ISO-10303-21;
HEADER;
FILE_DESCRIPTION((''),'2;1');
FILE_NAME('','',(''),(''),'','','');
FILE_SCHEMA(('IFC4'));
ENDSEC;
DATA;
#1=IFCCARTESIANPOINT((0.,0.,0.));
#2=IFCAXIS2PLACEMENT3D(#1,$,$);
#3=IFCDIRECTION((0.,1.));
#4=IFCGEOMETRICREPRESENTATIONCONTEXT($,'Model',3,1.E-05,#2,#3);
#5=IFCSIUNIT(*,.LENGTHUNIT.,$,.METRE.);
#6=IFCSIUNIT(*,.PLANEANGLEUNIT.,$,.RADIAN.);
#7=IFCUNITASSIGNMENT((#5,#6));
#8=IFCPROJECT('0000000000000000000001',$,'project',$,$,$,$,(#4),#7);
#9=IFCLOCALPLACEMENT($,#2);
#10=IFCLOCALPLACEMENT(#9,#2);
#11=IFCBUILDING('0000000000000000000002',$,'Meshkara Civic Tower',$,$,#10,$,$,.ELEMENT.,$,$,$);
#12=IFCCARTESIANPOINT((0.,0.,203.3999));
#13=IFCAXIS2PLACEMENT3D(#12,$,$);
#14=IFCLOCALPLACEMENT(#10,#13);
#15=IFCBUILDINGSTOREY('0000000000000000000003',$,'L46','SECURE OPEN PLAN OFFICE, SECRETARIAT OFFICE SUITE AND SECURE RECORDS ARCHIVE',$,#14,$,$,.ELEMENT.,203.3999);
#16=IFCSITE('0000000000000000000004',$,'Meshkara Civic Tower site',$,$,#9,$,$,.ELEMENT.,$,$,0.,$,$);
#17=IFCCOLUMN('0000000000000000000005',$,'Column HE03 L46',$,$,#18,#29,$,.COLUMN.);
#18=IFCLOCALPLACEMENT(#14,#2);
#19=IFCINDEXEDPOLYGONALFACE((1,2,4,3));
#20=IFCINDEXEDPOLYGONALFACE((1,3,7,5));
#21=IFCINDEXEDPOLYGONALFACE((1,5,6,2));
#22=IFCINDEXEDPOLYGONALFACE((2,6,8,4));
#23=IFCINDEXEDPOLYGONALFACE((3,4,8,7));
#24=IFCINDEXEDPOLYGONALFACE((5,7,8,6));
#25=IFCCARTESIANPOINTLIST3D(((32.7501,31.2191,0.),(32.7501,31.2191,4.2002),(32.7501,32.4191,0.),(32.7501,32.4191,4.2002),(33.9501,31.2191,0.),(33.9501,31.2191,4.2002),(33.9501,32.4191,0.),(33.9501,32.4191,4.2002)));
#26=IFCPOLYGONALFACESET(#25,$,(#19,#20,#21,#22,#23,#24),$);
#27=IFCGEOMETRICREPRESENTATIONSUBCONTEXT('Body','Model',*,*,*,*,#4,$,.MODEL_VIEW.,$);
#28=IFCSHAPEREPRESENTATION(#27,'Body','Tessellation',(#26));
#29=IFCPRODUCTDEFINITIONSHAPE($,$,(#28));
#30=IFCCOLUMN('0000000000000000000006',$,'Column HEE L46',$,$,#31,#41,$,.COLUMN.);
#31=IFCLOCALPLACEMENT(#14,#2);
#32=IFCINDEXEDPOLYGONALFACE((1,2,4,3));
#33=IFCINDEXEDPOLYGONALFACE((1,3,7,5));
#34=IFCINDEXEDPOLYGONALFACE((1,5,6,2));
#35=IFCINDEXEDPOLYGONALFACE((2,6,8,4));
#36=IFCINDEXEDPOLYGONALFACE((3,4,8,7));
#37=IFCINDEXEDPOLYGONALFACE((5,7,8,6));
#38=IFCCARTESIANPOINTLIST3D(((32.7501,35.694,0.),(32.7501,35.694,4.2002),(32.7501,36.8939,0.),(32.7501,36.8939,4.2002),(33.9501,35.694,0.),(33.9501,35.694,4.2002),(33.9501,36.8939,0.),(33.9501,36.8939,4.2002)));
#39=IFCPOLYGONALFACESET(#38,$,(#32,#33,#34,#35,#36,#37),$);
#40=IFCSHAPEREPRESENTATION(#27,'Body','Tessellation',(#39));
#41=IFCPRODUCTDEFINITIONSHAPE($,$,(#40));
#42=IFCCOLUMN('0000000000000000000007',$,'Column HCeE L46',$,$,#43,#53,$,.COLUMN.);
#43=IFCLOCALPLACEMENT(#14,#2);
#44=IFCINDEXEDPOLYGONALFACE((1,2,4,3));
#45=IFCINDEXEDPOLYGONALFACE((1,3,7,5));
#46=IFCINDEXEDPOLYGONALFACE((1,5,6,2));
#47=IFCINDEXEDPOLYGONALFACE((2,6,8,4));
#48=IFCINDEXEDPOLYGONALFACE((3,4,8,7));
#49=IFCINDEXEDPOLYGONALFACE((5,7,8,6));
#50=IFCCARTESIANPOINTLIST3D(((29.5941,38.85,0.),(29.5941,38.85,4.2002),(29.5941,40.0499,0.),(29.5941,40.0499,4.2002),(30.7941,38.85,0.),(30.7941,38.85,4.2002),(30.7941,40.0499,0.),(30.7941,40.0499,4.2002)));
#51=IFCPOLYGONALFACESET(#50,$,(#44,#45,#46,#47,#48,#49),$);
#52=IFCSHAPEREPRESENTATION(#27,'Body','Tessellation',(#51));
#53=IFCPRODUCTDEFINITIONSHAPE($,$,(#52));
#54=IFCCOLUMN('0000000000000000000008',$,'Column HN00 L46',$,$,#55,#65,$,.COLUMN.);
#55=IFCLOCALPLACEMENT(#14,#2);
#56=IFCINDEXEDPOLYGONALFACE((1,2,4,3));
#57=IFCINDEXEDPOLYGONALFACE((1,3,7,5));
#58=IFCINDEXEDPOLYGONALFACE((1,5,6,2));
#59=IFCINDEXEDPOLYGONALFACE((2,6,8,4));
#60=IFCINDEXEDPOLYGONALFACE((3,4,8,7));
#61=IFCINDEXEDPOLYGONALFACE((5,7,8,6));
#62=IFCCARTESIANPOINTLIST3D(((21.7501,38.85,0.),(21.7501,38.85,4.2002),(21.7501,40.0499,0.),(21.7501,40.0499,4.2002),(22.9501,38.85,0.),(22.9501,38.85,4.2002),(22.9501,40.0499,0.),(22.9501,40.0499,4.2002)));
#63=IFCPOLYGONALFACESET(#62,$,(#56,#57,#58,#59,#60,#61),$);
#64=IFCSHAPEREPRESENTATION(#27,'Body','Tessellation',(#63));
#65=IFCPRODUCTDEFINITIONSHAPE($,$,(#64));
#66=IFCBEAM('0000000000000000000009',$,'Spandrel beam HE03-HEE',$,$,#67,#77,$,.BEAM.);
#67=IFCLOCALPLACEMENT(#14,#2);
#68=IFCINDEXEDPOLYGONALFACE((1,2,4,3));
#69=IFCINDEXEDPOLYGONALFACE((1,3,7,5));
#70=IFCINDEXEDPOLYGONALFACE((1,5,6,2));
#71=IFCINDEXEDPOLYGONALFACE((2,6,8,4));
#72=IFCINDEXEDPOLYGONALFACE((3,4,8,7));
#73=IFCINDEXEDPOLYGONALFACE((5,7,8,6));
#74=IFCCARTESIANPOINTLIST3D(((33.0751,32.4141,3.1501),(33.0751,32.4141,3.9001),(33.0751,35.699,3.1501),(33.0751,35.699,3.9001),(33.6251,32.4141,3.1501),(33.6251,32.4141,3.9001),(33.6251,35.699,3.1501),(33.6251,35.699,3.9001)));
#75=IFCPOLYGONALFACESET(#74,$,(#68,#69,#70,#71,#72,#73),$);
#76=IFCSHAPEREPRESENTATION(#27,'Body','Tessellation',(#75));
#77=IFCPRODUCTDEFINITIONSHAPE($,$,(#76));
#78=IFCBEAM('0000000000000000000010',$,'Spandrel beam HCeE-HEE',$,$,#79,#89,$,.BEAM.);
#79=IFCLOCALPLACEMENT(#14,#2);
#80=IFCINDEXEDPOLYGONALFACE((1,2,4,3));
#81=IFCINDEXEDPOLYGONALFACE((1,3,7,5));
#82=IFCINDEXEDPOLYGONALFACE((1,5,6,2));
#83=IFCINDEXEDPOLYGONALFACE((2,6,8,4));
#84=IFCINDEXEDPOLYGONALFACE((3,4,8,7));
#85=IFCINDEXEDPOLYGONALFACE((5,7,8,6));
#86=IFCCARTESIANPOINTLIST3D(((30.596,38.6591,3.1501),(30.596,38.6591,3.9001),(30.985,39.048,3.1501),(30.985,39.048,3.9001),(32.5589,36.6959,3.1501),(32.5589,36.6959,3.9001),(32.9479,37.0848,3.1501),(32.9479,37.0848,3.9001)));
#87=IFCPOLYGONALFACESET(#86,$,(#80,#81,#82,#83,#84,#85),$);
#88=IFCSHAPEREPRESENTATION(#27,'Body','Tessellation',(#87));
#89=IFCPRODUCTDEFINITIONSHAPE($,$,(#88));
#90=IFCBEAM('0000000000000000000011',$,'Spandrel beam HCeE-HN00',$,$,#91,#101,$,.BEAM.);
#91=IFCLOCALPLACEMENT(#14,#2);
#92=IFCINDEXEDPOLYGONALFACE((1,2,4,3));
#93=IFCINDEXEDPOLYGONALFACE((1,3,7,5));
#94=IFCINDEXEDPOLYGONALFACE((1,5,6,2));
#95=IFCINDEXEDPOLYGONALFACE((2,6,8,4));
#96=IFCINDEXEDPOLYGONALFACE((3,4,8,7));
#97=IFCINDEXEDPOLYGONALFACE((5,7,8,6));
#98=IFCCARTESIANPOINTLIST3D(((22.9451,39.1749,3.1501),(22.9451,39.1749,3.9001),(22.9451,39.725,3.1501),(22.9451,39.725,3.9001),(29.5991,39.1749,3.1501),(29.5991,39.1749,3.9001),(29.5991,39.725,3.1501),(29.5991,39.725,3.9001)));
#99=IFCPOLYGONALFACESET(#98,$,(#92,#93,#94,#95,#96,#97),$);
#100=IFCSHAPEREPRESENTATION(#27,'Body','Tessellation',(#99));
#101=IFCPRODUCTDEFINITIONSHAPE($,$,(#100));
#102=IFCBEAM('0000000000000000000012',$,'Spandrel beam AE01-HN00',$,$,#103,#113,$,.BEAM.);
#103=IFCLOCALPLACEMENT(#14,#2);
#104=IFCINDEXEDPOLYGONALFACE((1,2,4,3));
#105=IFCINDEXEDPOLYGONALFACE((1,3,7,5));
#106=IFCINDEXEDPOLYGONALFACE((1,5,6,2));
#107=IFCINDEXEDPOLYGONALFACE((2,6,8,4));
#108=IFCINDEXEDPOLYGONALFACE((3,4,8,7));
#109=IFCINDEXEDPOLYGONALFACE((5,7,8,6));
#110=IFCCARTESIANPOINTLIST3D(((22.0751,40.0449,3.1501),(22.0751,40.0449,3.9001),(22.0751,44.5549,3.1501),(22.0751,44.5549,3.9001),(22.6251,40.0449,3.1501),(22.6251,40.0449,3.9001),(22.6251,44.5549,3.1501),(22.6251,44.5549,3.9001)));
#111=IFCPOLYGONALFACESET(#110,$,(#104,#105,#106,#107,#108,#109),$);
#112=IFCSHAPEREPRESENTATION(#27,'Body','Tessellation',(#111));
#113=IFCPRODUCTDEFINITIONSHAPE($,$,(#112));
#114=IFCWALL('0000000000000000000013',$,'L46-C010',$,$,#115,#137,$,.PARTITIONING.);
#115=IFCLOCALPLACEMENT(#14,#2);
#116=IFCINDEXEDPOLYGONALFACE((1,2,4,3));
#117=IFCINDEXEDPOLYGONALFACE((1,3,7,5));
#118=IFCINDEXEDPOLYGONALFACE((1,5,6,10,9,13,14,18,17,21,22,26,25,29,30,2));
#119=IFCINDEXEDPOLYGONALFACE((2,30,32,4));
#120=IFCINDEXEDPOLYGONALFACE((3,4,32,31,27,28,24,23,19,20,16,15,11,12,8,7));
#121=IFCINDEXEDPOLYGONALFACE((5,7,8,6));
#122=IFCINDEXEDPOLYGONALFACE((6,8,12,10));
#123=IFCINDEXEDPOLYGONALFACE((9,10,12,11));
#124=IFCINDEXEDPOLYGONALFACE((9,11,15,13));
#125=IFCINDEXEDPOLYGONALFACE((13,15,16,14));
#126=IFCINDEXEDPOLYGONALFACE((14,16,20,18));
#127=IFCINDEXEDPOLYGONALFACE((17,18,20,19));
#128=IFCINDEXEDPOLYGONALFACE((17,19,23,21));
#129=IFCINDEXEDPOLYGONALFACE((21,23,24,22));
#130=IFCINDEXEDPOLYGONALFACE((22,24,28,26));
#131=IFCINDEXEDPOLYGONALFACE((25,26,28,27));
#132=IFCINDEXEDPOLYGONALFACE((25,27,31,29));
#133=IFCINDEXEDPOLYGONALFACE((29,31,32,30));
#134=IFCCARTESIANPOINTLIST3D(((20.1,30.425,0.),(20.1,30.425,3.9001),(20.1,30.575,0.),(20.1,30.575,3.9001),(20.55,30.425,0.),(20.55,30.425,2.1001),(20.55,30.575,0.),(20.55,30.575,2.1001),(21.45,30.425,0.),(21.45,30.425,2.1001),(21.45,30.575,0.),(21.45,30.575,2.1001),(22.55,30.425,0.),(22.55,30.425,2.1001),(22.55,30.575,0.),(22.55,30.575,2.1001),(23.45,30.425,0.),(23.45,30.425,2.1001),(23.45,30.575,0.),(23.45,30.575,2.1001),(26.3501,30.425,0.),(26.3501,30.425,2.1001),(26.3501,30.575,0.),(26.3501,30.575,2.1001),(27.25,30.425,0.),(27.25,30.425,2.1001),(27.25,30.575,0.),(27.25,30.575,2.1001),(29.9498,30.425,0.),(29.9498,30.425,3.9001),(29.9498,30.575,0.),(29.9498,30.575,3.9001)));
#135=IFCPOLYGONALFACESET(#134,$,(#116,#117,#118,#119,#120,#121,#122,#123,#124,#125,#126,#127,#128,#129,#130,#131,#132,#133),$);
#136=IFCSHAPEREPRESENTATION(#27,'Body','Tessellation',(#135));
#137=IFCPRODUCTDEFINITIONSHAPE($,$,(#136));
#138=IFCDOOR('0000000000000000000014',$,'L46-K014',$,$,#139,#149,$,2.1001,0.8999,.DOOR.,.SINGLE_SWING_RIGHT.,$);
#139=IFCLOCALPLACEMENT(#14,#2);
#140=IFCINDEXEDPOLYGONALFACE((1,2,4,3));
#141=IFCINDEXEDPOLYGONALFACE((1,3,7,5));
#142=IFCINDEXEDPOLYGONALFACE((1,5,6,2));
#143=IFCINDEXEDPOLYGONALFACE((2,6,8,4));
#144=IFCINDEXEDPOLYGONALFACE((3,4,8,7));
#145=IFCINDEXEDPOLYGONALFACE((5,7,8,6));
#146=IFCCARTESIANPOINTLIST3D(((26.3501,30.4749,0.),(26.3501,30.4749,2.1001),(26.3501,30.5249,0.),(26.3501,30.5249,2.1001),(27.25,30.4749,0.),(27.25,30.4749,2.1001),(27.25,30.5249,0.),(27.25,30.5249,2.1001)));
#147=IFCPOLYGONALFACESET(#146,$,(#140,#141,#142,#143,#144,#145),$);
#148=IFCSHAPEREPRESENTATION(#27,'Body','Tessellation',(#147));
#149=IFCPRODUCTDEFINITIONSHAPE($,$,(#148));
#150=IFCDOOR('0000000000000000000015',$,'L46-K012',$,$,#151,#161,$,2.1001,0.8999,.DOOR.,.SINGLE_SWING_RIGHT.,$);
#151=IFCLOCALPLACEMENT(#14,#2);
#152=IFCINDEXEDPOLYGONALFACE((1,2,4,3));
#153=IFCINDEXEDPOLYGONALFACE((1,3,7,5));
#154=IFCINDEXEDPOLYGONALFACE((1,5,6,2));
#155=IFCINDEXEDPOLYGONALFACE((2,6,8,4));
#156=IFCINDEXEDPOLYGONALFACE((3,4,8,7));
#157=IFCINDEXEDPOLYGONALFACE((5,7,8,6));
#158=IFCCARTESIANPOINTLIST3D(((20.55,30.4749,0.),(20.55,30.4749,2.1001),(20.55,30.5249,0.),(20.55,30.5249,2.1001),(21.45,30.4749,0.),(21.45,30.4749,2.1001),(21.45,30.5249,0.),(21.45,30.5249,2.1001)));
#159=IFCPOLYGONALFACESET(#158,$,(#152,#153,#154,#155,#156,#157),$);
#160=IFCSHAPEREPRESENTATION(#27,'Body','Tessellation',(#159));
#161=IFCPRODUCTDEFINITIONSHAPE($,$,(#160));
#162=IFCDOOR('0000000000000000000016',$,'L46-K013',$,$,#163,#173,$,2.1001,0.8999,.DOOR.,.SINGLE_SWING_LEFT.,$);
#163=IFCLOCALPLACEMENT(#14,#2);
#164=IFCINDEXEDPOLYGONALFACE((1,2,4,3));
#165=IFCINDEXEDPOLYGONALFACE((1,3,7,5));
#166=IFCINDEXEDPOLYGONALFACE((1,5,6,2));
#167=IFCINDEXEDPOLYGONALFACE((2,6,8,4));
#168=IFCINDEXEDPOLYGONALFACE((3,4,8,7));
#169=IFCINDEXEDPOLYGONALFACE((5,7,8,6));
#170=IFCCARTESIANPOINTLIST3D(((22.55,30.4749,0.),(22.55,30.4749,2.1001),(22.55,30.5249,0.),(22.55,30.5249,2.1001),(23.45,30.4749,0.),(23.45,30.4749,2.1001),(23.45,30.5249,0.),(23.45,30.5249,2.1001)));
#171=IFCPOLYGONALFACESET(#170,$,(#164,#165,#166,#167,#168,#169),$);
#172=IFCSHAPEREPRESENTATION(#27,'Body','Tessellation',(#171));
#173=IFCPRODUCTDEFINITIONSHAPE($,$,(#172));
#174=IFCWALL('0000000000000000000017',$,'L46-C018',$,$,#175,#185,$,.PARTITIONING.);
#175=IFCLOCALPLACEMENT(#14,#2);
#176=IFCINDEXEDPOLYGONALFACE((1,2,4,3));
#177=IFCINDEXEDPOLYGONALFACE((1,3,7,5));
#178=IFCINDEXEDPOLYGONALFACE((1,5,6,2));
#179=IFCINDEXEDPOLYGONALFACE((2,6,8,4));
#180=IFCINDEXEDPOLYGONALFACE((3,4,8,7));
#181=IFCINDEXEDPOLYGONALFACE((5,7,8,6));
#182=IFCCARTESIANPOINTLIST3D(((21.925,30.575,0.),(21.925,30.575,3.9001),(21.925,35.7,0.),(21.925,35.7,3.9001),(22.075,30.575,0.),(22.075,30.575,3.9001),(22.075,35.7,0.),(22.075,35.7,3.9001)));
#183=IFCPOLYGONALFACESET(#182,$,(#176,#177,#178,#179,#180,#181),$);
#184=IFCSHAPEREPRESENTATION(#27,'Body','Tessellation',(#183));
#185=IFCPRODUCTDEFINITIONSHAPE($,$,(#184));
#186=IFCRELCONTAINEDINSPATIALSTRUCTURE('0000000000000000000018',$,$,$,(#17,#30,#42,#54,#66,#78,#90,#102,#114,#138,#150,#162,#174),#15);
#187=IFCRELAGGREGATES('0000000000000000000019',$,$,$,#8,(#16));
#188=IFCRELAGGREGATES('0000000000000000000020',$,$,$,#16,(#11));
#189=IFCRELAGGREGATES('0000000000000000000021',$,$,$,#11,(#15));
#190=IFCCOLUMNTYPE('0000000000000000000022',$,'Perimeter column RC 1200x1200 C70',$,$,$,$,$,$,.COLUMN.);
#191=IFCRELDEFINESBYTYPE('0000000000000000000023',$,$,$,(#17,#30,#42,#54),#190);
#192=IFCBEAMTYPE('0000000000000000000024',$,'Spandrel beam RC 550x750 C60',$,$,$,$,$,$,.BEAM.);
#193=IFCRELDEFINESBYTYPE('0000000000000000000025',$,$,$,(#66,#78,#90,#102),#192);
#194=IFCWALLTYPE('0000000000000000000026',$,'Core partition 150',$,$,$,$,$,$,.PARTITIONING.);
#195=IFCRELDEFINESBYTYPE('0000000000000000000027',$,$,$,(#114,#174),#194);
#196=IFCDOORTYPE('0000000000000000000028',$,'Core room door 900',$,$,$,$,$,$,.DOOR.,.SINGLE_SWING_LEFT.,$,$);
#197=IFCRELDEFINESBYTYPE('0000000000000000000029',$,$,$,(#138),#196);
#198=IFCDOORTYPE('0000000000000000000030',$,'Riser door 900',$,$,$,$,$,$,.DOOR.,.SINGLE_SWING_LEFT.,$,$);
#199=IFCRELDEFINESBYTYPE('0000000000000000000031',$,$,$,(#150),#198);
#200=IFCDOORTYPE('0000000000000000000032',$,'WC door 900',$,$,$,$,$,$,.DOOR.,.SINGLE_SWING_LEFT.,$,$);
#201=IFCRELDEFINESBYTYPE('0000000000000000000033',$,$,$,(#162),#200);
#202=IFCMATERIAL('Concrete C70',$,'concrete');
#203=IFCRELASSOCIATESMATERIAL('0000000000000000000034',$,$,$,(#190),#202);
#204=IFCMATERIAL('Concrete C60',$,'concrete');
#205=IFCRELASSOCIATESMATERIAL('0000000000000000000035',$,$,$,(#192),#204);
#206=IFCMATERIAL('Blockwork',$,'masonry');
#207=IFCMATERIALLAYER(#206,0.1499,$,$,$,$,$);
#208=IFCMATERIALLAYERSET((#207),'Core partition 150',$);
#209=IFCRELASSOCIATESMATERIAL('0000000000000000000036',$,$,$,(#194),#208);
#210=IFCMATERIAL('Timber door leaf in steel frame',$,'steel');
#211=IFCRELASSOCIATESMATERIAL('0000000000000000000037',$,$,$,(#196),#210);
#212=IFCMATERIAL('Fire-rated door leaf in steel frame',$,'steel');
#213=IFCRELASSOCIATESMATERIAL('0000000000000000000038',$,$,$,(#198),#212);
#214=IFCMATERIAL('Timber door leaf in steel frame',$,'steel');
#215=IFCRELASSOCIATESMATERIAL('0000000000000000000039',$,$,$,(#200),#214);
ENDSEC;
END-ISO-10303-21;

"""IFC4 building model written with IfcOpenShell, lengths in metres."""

from ifc_helpers import new_model, si_unit, direction, frame, frame_2d, origin, origin_2d, place, context, subcontext, project, spatial, rectangle, extrude, material, layer, layer_set, material_profile, profile_set, type_object, element, fill, save


model = new_model("IFC4")

# Units and contexts
model_context = context("Model", 3, precision=1e-05, world=origin(), true_north=direction((0.0, 1.0)))
body_context = subcontext(model_context, "Body", "Model", "MODEL_VIEW")
ifc_project = project(units=[si_unit("LENGTHUNIT", "METRE"), si_unit("PLANEANGLEUNIT", "RADIAN")], contexts=[model_context])

# Site, building, storey
site_placement = place(None, origin())
site = spatial("IfcSite", under=ifc_project, at=site_placement, Name="Meshkara Civic Tower site", CompositionType="ELEMENT", RefElevation=0.0)
building_placement = place(site_placement, origin())
building = spatial("IfcBuilding", under=site, at=building_placement, Name="Meshkara Civic Tower", CompositionType="ELEMENT")
storey_placement = place(building_placement, frame((0.0, 0.0, 203.3999)))
storey = spatial("IfcBuildingStorey", under=building, at=storey_placement, Name="L46", Description="SECURE OPEN PLAN OFFICE, SECRETARIAT OFFICE SUITE AND SECURE RECORDS ARCHIVE", CompositionType="ELEMENT", Elevation=203.3999)

# Columns
ifc_material_1 = material(Name="Concrete C70", Category="concrete")
ifc_material_profile_1 = material_profile(ifc_material_1, rectangle(XDim=1.2, YDim=1.2, at=origin_2d()))
ifc_profile_set_1 = profile_set([ifc_material_profile_1], Name="Concrete C70")
column_type = type_object("IfcColumnType", Name="Perimeter column RC 1200x1200 C70", PredefinedType="COLUMN", material=ifc_profile_set_1)
for number, where, z_axis, x_axis, name in (
    (1, (33.3501, 31.8191, 0.0), (0.0, 0.0, 1.0), (1.0, 0.0, 0.0), "Column HE03 L46"),
    (2, (33.3501, 36.2939, 0.0), (0.0, 0.0, 1.0), (1.0, 0.0, 0.0), "Column HEE L46"),
    (3, (30.1941, 39.45, 0.0), (0.0, 0.0, 1.0), (1.0, 0.0, 0.0), "Column HCeE L46"),
    (4, (22.3501, 39.45, 0.0), (0.0, 0.0, 1.0), (1.0, 0.0, 0.0), "Column HN00 L46"),
):
    element("IfcColumn", number, at=place(storey_placement, frame(where, z_axis=z_axis, x_axis=x_axis)), inside=storey, type_object=column_type, Name=name, PredefinedType="COLUMN", context=body_context, shape_type="SweptSolid", body=[
        extrude(rectangle(XDim=1.2, YDim=1.2, at=origin_2d()), origin(), (0.0, 0.0, 1.0), 4.2002),
    ])

# Beams
ifc_material_2 = material(Name="Concrete C60", Category="concrete")
ifc_material_profile_2 = material_profile(ifc_material_2, rectangle(XDim=0.55, YDim=0.75, at=origin_2d()))
ifc_profile_set_2 = profile_set([ifc_material_profile_2], Name="Concrete C60")
beam_type = type_object("IfcBeamType", Name="Spandrel beam RC 550x750 C60", PredefinedType="BEAM", material=ifc_profile_set_2)
beam_1_placement = place(storey_placement, frame((33.3501, 32.4141, 3.5251), z_axis=(0.0, 1.0, 0.0), x_axis=(-1.0, 0.0, 0.0)))
element("IfcBeam", 5, at=beam_1_placement, inside=storey, type_object=beam_type, Name="Spandrel beam HE03-HEE", PredefinedType="BEAM", context=body_context, shape_type="SweptSolid", body=[
    extrude(rectangle(XDim=0.55, YDim=0.75, at=origin_2d()), origin(), (0.0, 0.0, 1.0), 3.2849),
])
beam_2_placement = place(storey_placement, frame((32.7534, 36.8904, 3.5251), z_axis=(-0.707063, 0.707151, 0.0), x_axis=(-0.707151, -0.707063, 0.0)))
element("IfcBeam", 6, at=beam_2_placement, inside=storey, type_object=beam_type, Name="Spandrel beam HCeE-HEE", PredefinedType="BEAM", context=body_context, shape_type="SweptSolid", body=[
    extrude(rectangle(XDim=0.55, YDim=0.75, at=origin_2d()), origin(), (0.0, 0.0, 1.0), 2.7761),
])
beam_3_placement = place(storey_placement, frame((29.5991, 39.45, 3.5251), z_axis=(-1.0, 0.0, 0.0), x_axis=(0.0, -1.0, 0.0)))
element("IfcBeam", 7, at=beam_3_placement, inside=storey, type_object=beam_type, Name="Spandrel beam HCeE-HN00", PredefinedType="BEAM", context=body_context, shape_type="SweptSolid", body=[
    extrude(rectangle(XDim=0.55, YDim=0.75, at=origin_2d()), origin(), (0.0, 0.0, 1.0), 6.6541),
])
beam_4_placement = place(storey_placement, frame((22.3501, 40.0449, 3.5251), z_axis=(0.0, 1.0, 0.0), x_axis=(-1.0, 0.0, 0.0)))
element("IfcBeam", 8, at=beam_4_placement, inside=storey, type_object=beam_type, Name="Spandrel beam AE01-HN00", PredefinedType="BEAM", context=body_context, shape_type="SweptSolid", body=[
    extrude(rectangle(XDim=0.55, YDim=0.75, at=origin_2d()), origin(), (0.0, 0.0, 1.0), 4.51),
])

# Wall, openings, doors
ifc_material_3 = material(Name="Blockwork", Category="masonry")
ifc_layer_1 = layer(ifc_material_3, 0.1499)
ifc_layer_set_1 = layer_set([ifc_layer_1], Name="Core partition 150")
wall_type_1 = type_object("IfcWallType", Name="Core partition 150", PredefinedType="PARTITIONING", material=ifc_layer_set_1)
wall_1_placement = place(storey_placement, frame((20.1001, 30.5, 0.0), z_axis=(0.0, 0.0, 1.0), x_axis=(1.0, 0.0, 0.0)))
wall_1 = element("IfcWall", 9, at=wall_1_placement, inside=storey, type_object=wall_type_1, Name="L46-C010", PredefinedType="PARTITIONING", context=body_context, shape_type="SweptSolid", body=[
    extrude(rectangle(XDim=9.8499, YDim=0.1499, at=frame_2d((4.9248, 0.0))), origin(), (0.0, 0.0, 1.0), 3.9001),
])
opening_1_placement = place(wall_1_placement, frame((0.45, 0.0, 0.0)))
opening_1 = element("IfcOpeningElement", 10, at=opening_1_placement, cuts=wall_1, PredefinedType="OPENING", context=body_context, shape_type="SweptSolid", body=[
    extrude(rectangle(XDim=0.8999, YDim=2.1001, at=frame_2d((0.45, 1.05))), frame((0.0, 0.085, 0.0), z_axis=(0.0, -1.0, 0.0), x_axis=(1.0, 0.0, 0.0)), (0.0, 0.0, 1.0), 0.1699),
])
opening_2_placement = place(wall_1_placement, frame((2.45, 0.0, 0.0)))
opening_2 = element("IfcOpeningElement", 11, at=opening_2_placement, cuts=wall_1, PredefinedType="OPENING", context=body_context, shape_type="SweptSolid", body=[
    extrude(rectangle(XDim=0.8999, YDim=2.1001, at=frame_2d((0.45, 1.05))), frame((0.0, 0.085, 0.0), z_axis=(0.0, -1.0, 0.0), x_axis=(1.0, 0.0, 0.0)), (0.0, 0.0, 1.0), 0.1699),
])
opening_3_placement = place(wall_1_placement, frame((6.25, 0.0, 0.0)))
opening_3 = element("IfcOpeningElement", 12, at=opening_3_placement, cuts=wall_1, PredefinedType="OPENING", context=body_context, shape_type="SweptSolid", body=[
    extrude(rectangle(XDim=0.8999, YDim=2.1001, at=frame_2d((0.45, 1.05))), frame((0.0, 0.085, 0.0), z_axis=(0.0, -1.0, 0.0), x_axis=(1.0, 0.0, 0.0)), (0.0, 0.0, 1.0), 0.1699),
])
ifc_material_4 = material(Name="Timber door leaf in steel frame", Category="steel")
door_type_1 = type_object("IfcDoorType", Name="Core room door 900", OperationType="SINGLE_SWING_LEFT", PredefinedType="DOOR", material=ifc_material_4)
door_1_placement = place(opening_3_placement, origin())
door_1 = element("IfcDoor", 13, at=door_1_placement, inside=storey, type_object=door_type_1, Name="L46-K014", OperationType="SINGLE_SWING_RIGHT", OverallHeight=2.1001, OverallWidth=0.8999, PredefinedType="DOOR", context=body_context, shape_type="SweptSolid", body=[
    extrude(rectangle(XDim=0.8999, YDim=2.1001, at=frame_2d((0.45, 1.05))), frame((0.0, 0.0249, 0.0), z_axis=(0.0, -1.0, 0.0), x_axis=(1.0, 0.0, 0.0)), (0.0, 0.0, 1.0), 0.05),
])
fill(opening_3, door_1)
ifc_material_5 = material(Name="Fire-rated door leaf in steel frame", Category="steel")
door_type_2 = type_object("IfcDoorType", Name="Riser door 900", OperationType="SINGLE_SWING_LEFT", PredefinedType="DOOR", material=ifc_material_5)
door_2_placement = place(opening_1_placement, origin())
door_2 = element("IfcDoor", 14, at=door_2_placement, inside=storey, type_object=door_type_2, Name="L46-K012", OperationType="SINGLE_SWING_RIGHT", OverallHeight=2.1001, OverallWidth=0.8999, PredefinedType="DOOR", context=body_context, shape_type="SweptSolid", body=[
    extrude(rectangle(XDim=0.8999, YDim=2.1001, at=frame_2d((0.45, 1.05))), frame((0.0, 0.0249, 0.0), z_axis=(0.0, -1.0, 0.0), x_axis=(1.0, 0.0, 0.0)), (0.0, 0.0, 1.0), 0.05),
])
fill(opening_1, door_2)
ifc_material_6 = material(Name="Timber door leaf in steel frame", Category="steel")
door_type_3 = type_object("IfcDoorType", Name="WC door 900", OperationType="SINGLE_SWING_LEFT", PredefinedType="DOOR", material=ifc_material_6)
door_3_placement = place(opening_2_placement, origin())
door_3 = element("IfcDoor", 15, at=door_3_placement, inside=storey, type_object=door_type_3, Name="L46-K013", OperationType="SINGLE_SWING_LEFT", OverallHeight=2.1001, OverallWidth=0.8999, PredefinedType="DOOR", context=body_context, shape_type="SweptSolid", body=[
    extrude(rectangle(XDim=0.8999, YDim=2.1001, at=frame_2d((0.45, 1.05))), frame((0.0, 0.0249, 0.0), z_axis=(0.0, -1.0, 0.0), x_axis=(1.0, 0.0, 0.0)), (0.0, 0.0, 1.0), 0.05),
])
fill(opening_2, door_3)

# Wall
for number, where, z_axis, x_axis, name in (
    (16, (22.0, 30.575, 0.0), (0.0, 0.0, 1.0), (0.0, 1.0, 0.0), "L46-C018"),
):
    element("IfcWall", number, at=place(storey_placement, frame(where, z_axis=z_axis, x_axis=x_axis)), inside=storey, type_object=wall_type_1, Name=name, PredefinedType="PARTITIONING", context=body_context, shape_type="SweptSolid", body=[
        extrude(rectangle(XDim=5.125, YDim=0.1499, at=frame_2d((2.5625, 0.0))), origin(), (0.0, 0.0, 1.0), 3.9001),
    ])

save(model, "model.ifc")
